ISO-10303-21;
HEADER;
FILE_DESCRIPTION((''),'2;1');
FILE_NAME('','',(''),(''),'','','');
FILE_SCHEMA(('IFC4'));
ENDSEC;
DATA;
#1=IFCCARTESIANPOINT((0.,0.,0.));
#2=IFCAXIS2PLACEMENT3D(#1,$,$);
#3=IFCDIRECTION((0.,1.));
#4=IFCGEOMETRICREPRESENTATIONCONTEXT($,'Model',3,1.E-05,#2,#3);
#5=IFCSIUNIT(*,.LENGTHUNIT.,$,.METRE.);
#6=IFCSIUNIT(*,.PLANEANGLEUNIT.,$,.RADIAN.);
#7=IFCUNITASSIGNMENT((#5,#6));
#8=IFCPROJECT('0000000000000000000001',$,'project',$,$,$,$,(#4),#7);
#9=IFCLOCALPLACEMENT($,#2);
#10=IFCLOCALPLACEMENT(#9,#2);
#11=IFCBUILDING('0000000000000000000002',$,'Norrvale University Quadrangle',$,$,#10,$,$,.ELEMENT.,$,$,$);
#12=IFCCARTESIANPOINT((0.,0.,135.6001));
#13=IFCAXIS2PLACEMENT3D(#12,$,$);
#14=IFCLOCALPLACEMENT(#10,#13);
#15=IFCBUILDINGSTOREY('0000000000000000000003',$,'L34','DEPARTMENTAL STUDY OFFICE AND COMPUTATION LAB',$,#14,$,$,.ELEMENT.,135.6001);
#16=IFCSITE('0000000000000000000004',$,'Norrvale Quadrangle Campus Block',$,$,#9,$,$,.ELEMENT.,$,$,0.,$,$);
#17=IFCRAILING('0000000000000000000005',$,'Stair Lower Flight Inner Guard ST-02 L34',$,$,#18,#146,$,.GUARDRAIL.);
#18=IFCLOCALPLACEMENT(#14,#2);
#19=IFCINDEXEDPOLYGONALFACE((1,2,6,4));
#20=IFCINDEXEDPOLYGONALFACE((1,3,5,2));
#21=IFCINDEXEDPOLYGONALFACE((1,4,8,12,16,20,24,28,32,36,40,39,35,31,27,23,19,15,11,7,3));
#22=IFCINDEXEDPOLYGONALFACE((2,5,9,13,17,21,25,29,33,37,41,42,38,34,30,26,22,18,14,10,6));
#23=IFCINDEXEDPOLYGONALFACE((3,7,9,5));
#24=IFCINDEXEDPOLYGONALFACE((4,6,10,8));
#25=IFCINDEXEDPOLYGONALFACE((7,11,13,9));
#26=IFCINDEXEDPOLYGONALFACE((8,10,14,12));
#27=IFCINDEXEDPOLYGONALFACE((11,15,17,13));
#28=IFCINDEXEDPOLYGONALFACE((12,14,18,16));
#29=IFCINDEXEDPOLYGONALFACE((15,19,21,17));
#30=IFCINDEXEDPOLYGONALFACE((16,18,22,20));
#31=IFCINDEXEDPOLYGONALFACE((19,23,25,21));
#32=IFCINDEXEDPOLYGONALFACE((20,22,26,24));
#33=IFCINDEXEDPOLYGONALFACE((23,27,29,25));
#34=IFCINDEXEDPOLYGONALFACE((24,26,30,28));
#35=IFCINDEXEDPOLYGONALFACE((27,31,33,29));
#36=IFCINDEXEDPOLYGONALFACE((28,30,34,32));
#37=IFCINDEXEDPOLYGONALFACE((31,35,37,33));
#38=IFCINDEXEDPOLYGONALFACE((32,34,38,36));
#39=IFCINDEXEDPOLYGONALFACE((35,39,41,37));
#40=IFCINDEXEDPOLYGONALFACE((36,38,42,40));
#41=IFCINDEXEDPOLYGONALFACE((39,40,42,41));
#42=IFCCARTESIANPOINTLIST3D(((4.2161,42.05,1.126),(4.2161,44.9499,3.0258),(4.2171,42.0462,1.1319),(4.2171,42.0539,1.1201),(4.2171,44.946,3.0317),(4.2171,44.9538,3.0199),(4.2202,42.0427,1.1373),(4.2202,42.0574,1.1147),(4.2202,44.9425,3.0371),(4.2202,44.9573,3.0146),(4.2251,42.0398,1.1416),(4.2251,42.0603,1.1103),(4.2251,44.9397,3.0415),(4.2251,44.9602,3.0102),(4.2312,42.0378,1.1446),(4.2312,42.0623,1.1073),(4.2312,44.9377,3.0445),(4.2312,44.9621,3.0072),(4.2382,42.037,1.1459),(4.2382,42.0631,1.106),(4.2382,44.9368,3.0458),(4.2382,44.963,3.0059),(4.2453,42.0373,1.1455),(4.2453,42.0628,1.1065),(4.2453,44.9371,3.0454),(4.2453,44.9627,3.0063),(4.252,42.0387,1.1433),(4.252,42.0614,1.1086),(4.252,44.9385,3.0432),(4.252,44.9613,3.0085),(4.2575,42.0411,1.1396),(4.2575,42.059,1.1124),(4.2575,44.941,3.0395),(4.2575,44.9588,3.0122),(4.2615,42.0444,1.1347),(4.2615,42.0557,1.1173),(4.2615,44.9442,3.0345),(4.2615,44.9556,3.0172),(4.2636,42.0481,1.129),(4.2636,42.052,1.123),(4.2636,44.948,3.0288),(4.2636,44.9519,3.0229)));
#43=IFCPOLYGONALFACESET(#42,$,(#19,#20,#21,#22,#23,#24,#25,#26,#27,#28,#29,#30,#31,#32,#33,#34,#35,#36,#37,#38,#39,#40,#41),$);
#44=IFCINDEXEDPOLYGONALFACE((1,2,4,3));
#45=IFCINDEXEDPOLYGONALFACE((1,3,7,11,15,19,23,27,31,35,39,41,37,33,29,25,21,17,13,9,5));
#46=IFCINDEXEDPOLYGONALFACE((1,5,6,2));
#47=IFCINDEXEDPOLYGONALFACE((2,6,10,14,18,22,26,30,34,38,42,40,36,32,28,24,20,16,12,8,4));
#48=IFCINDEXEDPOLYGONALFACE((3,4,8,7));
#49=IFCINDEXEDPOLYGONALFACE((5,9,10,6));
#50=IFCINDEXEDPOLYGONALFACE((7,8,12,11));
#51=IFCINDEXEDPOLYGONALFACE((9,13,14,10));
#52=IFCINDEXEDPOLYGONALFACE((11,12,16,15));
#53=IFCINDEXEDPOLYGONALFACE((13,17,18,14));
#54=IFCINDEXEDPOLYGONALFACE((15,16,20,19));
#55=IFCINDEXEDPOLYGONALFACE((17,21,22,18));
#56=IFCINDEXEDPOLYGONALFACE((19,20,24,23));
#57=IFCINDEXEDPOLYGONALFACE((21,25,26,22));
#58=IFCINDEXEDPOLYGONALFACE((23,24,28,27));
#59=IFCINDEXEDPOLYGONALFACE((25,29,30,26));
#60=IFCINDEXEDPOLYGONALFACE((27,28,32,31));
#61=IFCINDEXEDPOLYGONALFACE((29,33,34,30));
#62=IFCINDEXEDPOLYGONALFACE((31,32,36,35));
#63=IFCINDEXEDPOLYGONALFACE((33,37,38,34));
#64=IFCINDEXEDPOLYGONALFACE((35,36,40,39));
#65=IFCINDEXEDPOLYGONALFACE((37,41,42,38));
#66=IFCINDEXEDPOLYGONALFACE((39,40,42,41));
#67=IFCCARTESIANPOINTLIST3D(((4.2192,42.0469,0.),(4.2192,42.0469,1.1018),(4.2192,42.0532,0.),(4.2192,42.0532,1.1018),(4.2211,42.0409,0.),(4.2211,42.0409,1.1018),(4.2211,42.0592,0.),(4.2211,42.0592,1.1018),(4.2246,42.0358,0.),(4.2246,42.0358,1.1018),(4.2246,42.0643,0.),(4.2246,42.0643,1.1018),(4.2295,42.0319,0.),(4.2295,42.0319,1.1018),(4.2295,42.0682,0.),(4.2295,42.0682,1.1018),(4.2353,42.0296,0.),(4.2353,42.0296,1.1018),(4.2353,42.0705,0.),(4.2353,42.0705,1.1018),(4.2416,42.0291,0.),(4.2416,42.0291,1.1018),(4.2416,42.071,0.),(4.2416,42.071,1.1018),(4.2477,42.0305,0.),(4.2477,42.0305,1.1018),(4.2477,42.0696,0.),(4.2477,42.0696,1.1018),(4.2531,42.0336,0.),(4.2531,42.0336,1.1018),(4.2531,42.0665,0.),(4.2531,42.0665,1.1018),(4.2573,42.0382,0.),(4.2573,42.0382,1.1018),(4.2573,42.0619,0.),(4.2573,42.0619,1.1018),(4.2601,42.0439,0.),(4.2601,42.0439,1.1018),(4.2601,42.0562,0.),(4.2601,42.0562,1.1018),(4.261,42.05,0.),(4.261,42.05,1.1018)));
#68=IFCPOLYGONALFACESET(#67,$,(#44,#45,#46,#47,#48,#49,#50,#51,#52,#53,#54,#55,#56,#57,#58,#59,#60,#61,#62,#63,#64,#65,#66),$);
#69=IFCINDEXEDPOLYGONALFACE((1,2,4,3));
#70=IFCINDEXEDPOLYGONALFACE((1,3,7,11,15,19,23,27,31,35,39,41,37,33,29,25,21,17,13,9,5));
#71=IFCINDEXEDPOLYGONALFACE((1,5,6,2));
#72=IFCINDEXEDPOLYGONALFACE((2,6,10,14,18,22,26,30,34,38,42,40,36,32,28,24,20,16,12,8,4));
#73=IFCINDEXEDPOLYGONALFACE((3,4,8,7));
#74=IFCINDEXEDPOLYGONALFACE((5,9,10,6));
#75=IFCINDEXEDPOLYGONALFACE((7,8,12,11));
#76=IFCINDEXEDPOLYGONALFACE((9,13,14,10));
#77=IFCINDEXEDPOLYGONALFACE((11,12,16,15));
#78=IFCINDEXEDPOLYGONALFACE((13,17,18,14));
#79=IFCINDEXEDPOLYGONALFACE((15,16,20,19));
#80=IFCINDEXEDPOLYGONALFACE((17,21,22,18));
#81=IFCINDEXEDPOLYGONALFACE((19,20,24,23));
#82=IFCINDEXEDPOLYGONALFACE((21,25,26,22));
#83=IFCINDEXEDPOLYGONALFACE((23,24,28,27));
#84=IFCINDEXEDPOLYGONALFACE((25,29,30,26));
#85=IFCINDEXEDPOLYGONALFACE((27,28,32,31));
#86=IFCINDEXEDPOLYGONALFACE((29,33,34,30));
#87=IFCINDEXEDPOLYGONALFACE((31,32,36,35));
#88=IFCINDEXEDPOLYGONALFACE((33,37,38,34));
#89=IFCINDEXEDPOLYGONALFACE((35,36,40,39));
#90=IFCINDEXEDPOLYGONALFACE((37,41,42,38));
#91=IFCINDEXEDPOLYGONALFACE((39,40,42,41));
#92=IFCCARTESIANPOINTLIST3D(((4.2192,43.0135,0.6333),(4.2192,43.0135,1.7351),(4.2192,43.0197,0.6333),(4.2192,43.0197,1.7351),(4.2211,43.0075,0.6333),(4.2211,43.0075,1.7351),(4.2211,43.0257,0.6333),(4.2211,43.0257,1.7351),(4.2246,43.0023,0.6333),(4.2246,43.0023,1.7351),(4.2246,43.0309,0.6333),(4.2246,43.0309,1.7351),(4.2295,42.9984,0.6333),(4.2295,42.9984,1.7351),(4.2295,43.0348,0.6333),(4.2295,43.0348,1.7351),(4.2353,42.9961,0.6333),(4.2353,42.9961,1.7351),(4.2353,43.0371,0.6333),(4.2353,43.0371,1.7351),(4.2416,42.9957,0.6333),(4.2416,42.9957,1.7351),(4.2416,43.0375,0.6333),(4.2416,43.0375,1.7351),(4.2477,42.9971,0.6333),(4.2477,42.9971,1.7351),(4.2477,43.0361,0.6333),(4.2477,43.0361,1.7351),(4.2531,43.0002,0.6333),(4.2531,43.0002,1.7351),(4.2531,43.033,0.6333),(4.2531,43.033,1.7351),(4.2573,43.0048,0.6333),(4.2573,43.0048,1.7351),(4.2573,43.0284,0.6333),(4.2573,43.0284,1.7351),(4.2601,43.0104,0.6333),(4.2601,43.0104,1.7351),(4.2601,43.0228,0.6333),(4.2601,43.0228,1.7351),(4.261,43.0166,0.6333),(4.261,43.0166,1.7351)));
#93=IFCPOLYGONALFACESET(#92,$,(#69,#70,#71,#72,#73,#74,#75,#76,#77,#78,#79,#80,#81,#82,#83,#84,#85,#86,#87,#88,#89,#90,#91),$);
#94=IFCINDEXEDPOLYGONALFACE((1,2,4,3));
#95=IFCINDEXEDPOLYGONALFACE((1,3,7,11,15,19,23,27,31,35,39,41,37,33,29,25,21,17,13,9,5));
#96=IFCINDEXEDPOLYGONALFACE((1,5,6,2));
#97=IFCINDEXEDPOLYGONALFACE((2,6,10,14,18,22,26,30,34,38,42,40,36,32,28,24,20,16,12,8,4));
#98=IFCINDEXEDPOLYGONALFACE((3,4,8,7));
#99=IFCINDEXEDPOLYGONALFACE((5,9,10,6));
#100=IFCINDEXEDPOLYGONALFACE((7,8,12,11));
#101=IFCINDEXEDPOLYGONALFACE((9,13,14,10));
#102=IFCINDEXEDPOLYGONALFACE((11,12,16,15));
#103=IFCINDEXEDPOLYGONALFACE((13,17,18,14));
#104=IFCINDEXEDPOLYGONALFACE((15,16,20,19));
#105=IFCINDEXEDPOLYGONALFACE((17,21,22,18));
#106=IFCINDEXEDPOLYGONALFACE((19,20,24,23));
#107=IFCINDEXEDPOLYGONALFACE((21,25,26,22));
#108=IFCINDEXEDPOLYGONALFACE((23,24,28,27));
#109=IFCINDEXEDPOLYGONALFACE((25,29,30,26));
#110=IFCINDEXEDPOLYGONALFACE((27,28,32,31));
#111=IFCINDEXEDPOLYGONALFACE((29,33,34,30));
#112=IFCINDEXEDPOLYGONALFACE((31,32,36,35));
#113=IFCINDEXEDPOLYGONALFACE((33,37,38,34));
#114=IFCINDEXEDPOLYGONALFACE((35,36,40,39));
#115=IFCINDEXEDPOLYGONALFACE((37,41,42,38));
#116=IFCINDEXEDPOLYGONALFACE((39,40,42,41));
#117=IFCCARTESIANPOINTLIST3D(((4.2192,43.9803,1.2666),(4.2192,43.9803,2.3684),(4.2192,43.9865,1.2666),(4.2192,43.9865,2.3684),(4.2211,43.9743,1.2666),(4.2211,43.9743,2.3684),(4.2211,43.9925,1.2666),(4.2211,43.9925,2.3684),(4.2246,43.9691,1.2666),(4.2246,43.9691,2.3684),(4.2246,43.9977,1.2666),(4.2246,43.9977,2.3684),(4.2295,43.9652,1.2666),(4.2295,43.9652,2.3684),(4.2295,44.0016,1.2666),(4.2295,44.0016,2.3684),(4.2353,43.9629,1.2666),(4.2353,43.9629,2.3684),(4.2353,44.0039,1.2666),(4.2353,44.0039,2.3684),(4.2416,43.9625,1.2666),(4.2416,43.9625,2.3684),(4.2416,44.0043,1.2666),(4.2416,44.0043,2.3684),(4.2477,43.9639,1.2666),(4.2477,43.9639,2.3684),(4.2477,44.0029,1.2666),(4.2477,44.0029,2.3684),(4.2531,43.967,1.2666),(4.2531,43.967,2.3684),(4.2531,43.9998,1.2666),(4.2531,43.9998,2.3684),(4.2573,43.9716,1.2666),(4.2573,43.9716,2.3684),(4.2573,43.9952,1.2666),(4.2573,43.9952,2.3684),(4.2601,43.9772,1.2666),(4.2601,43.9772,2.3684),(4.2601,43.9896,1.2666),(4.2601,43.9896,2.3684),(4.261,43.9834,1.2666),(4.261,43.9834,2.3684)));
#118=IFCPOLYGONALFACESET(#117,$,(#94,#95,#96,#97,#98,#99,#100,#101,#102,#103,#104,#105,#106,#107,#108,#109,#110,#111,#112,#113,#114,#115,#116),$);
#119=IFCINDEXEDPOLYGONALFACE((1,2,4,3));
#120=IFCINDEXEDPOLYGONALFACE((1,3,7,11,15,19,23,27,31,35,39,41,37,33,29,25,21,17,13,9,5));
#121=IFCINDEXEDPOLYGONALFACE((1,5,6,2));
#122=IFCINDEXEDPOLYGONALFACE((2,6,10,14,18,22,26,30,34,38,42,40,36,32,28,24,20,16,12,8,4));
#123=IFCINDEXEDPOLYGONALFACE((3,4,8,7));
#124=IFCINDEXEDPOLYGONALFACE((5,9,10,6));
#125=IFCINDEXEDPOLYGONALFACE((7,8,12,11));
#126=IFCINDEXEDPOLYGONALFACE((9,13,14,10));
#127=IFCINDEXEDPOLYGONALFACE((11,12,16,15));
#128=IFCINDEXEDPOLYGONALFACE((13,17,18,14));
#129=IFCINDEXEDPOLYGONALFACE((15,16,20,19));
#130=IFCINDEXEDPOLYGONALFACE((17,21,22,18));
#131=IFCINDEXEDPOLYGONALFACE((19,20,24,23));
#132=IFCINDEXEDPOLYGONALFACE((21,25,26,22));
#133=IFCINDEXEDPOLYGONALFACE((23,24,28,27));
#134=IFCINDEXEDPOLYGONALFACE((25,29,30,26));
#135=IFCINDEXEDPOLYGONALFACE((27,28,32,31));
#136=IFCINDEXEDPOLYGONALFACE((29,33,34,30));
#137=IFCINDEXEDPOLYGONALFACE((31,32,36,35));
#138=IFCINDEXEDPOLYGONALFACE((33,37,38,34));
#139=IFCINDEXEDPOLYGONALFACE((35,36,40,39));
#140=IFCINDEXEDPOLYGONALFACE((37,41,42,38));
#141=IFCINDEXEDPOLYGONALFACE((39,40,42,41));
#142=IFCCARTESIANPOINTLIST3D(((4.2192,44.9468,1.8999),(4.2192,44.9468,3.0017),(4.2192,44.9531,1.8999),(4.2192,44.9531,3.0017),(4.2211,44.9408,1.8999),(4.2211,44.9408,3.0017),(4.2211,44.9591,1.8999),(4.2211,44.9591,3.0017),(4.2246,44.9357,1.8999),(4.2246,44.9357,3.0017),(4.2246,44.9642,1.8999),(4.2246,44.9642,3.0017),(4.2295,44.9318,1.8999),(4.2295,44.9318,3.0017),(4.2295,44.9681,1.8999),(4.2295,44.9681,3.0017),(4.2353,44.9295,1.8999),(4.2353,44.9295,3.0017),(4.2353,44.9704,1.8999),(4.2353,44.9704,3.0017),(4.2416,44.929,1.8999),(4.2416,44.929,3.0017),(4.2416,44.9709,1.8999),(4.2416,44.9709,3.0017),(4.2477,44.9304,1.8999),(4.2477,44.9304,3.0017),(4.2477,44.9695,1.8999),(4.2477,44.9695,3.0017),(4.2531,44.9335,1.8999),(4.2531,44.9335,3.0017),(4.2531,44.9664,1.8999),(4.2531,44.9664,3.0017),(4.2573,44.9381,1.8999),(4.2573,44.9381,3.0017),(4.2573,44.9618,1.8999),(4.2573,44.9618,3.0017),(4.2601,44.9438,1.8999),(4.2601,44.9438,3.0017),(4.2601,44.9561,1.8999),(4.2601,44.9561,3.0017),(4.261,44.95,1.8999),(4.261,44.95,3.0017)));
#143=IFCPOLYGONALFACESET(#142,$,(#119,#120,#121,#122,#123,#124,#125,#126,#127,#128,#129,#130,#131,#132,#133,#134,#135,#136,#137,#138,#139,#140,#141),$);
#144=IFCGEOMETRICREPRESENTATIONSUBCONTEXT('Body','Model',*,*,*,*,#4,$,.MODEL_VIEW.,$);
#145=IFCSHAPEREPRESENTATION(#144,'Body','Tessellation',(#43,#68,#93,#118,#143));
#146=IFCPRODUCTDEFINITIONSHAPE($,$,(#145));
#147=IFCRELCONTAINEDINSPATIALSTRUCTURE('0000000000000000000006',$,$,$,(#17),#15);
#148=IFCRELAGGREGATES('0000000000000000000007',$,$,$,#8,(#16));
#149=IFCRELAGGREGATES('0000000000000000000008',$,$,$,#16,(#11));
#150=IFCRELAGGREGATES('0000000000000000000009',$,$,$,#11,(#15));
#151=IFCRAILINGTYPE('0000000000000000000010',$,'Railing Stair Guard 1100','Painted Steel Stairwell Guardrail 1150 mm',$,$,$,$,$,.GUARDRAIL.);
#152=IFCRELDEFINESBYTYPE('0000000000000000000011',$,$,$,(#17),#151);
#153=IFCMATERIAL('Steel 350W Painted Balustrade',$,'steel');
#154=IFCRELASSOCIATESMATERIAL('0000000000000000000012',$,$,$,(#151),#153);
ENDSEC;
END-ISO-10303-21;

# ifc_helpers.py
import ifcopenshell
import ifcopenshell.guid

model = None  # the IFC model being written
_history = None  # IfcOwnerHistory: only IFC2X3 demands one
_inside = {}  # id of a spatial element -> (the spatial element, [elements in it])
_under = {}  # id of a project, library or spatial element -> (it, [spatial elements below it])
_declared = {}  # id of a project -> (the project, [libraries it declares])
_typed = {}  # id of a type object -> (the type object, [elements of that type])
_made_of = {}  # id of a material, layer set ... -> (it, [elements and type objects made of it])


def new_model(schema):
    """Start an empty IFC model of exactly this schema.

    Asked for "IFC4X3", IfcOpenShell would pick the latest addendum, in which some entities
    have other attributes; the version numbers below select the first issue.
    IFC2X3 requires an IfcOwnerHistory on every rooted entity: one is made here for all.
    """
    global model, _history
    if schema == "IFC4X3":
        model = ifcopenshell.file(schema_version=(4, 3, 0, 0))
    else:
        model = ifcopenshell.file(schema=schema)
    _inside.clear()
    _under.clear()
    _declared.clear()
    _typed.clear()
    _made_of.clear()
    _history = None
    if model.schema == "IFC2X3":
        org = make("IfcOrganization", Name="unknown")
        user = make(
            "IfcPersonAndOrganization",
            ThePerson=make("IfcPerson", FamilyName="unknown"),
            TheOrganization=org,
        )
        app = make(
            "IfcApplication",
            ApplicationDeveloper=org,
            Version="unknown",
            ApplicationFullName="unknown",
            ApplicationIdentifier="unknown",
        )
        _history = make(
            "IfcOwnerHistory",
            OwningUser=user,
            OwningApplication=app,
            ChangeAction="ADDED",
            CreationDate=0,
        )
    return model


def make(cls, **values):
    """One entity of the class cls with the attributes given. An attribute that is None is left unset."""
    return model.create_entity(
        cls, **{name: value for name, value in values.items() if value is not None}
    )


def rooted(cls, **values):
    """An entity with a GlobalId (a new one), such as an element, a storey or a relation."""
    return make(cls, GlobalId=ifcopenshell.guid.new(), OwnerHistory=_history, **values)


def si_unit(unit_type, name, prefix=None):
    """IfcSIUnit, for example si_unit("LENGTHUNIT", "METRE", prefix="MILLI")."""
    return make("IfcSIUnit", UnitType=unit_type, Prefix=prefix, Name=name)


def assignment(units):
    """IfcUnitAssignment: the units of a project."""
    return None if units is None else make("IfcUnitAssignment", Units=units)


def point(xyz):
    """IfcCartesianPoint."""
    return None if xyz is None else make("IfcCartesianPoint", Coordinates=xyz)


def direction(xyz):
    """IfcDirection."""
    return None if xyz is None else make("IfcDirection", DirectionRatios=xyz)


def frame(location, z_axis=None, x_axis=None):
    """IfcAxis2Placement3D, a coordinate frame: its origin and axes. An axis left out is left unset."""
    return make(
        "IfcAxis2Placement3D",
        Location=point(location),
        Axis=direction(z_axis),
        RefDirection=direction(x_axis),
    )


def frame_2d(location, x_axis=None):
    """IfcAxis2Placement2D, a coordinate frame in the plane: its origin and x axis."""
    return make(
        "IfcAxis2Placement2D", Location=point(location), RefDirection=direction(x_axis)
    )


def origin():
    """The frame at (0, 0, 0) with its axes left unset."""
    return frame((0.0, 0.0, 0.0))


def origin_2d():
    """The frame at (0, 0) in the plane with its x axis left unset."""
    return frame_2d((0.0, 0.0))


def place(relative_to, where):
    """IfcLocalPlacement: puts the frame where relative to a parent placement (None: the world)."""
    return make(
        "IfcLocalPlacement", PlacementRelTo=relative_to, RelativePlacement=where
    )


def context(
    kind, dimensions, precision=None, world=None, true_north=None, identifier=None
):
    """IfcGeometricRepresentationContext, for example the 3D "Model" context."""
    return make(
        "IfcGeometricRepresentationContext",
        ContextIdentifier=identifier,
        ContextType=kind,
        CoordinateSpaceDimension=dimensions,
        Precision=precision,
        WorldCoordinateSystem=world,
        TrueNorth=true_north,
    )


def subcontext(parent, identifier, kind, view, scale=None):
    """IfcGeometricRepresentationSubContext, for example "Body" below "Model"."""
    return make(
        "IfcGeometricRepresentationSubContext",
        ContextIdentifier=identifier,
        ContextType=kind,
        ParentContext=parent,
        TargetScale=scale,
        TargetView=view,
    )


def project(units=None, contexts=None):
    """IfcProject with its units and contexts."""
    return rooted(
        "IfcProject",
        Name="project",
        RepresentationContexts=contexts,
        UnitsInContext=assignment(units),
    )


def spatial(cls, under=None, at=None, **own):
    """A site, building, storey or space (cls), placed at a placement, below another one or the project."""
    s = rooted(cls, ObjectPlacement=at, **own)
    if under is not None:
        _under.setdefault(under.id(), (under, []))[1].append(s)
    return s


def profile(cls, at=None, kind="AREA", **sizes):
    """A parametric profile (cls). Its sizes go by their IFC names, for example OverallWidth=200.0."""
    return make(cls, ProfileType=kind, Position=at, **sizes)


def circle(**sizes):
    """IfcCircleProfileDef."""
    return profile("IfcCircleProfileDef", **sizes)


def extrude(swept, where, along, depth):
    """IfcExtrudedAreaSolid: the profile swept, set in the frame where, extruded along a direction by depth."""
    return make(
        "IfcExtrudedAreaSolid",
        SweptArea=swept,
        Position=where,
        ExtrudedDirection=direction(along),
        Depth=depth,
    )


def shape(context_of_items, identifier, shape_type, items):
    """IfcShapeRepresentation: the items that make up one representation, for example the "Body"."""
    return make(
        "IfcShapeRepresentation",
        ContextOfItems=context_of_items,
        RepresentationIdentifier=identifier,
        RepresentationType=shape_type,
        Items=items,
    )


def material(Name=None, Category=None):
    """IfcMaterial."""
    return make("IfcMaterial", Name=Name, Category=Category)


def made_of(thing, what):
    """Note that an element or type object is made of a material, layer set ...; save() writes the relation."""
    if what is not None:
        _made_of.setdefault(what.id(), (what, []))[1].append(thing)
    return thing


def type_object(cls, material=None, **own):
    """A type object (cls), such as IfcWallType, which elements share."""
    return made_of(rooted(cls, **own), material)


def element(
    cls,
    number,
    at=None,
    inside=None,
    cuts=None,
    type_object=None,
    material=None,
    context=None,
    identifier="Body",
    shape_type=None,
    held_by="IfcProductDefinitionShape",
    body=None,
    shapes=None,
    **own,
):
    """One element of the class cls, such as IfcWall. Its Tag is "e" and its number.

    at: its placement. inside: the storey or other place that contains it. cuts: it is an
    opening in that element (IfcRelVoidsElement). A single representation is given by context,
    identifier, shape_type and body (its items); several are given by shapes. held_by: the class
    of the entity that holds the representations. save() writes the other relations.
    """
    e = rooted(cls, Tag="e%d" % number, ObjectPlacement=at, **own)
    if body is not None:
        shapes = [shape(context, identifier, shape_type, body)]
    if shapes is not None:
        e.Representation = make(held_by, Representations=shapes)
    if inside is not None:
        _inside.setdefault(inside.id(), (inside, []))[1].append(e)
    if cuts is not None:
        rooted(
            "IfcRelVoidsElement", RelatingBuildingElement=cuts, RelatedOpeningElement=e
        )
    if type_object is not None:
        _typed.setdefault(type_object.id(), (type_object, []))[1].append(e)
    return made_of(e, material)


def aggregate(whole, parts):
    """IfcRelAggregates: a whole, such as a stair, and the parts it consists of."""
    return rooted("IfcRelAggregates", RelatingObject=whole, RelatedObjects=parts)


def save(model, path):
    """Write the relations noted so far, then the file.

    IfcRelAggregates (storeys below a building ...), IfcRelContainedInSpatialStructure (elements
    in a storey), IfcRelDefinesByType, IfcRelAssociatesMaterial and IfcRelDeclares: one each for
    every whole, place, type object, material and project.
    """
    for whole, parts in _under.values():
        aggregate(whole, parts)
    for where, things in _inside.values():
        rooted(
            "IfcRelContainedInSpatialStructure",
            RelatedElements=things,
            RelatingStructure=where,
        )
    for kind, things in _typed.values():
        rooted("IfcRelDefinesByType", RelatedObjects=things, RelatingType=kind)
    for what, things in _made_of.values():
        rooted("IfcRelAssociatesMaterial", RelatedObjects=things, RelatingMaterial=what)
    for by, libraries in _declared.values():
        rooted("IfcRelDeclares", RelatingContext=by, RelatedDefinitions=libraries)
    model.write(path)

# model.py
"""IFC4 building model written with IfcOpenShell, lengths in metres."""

from ifc_helpers import new_model, si_unit, direction, frame, origin, origin_2d, place, context, subcontext, project, spatial, circle, extrude, material, type_object, element, save


model = new_model("IFC4")

# Units and contexts
model_context = context("Model", 3, precision=1e-05, world=origin(), true_north=direction((0.0, 1.0)))
body_context = subcontext(model_context, "Body", "Model", "MODEL_VIEW")
ifc_project = project(units=[si_unit("LENGTHUNIT", "METRE"), si_unit("PLANEANGLEUNIT", "RADIAN")], contexts=[model_context])

# Site, building, storey
site_placement = place(None, origin())
site = spatial("IfcSite", under=ifc_project, at=site_placement, Name="Norrvale Quadrangle Campus Block", CompositionType="ELEMENT", RefElevation=0.0)
building_placement = place(site_placement, origin())
building = spatial("IfcBuilding", under=site, at=building_placement, Name="Norrvale University Quadrangle", CompositionType="ELEMENT")
storey_placement = place(building_placement, frame((0.0, 0.0, 135.6001)))
storey = spatial("IfcBuildingStorey", under=building, at=storey_placement, Name="L34", Description="DEPARTMENTAL STUDY OFFICE AND COMPUTATION LAB", CompositionType="ELEMENT", Elevation=135.6001)

# Railing
ifc_material_1 = material(Name="Steel 350W Painted Balustrade", Category="steel")
railing_type_1 = type_object("IfcRailingType", Name="Railing Stair Guard 1100", Description="Painted Steel Stairwell Guardrail 1150 mm", PredefinedType="GUARDRAIL", material=ifc_material_1)
railing_1_placement = place(storey_placement, frame((4.24, 42.05, 0.0)))
element("IfcRailing", 1, at=railing_1_placement, inside=storey, type_object=railing_type_1, Name="Stair Lower Flight Inner Guard ST-02 L34", PredefinedType="GUARDRAIL", context=body_context, shape_type="SweptSolid", body=[
    extrude(circle(Radius=0.0239, at=origin_2d()), frame((0.0, 0.0, 1.126), z_axis=(0.0, 0.836466, 0.548019), x_axis=(-1.0, 0.0, 0.0)), (0.0, 0.0, 1.0), 3.4668),
    extrude(circle(Radius=0.021, at=origin_2d()), origin(), (0.0, 0.0, 1.0), 1.1018),
    extrude(circle(Radius=0.021, at=origin_2d()), frame((0.0, 0.9666, 0.6333)), (0.0, 0.0, 1.0), 1.1018),
    extrude(circle(Radius=0.021, at=origin_2d()), frame((0.0, 1.9333, 1.2666)), (0.0, 0.0, 1.0), 1.1018),
    extrude(circle(Radius=0.021, at=origin_2d()), frame((0.0, 2.8999, 1.8999)), (0.0, 0.0, 1.0), 1.1018),
])

save(model, "model.ifc")
